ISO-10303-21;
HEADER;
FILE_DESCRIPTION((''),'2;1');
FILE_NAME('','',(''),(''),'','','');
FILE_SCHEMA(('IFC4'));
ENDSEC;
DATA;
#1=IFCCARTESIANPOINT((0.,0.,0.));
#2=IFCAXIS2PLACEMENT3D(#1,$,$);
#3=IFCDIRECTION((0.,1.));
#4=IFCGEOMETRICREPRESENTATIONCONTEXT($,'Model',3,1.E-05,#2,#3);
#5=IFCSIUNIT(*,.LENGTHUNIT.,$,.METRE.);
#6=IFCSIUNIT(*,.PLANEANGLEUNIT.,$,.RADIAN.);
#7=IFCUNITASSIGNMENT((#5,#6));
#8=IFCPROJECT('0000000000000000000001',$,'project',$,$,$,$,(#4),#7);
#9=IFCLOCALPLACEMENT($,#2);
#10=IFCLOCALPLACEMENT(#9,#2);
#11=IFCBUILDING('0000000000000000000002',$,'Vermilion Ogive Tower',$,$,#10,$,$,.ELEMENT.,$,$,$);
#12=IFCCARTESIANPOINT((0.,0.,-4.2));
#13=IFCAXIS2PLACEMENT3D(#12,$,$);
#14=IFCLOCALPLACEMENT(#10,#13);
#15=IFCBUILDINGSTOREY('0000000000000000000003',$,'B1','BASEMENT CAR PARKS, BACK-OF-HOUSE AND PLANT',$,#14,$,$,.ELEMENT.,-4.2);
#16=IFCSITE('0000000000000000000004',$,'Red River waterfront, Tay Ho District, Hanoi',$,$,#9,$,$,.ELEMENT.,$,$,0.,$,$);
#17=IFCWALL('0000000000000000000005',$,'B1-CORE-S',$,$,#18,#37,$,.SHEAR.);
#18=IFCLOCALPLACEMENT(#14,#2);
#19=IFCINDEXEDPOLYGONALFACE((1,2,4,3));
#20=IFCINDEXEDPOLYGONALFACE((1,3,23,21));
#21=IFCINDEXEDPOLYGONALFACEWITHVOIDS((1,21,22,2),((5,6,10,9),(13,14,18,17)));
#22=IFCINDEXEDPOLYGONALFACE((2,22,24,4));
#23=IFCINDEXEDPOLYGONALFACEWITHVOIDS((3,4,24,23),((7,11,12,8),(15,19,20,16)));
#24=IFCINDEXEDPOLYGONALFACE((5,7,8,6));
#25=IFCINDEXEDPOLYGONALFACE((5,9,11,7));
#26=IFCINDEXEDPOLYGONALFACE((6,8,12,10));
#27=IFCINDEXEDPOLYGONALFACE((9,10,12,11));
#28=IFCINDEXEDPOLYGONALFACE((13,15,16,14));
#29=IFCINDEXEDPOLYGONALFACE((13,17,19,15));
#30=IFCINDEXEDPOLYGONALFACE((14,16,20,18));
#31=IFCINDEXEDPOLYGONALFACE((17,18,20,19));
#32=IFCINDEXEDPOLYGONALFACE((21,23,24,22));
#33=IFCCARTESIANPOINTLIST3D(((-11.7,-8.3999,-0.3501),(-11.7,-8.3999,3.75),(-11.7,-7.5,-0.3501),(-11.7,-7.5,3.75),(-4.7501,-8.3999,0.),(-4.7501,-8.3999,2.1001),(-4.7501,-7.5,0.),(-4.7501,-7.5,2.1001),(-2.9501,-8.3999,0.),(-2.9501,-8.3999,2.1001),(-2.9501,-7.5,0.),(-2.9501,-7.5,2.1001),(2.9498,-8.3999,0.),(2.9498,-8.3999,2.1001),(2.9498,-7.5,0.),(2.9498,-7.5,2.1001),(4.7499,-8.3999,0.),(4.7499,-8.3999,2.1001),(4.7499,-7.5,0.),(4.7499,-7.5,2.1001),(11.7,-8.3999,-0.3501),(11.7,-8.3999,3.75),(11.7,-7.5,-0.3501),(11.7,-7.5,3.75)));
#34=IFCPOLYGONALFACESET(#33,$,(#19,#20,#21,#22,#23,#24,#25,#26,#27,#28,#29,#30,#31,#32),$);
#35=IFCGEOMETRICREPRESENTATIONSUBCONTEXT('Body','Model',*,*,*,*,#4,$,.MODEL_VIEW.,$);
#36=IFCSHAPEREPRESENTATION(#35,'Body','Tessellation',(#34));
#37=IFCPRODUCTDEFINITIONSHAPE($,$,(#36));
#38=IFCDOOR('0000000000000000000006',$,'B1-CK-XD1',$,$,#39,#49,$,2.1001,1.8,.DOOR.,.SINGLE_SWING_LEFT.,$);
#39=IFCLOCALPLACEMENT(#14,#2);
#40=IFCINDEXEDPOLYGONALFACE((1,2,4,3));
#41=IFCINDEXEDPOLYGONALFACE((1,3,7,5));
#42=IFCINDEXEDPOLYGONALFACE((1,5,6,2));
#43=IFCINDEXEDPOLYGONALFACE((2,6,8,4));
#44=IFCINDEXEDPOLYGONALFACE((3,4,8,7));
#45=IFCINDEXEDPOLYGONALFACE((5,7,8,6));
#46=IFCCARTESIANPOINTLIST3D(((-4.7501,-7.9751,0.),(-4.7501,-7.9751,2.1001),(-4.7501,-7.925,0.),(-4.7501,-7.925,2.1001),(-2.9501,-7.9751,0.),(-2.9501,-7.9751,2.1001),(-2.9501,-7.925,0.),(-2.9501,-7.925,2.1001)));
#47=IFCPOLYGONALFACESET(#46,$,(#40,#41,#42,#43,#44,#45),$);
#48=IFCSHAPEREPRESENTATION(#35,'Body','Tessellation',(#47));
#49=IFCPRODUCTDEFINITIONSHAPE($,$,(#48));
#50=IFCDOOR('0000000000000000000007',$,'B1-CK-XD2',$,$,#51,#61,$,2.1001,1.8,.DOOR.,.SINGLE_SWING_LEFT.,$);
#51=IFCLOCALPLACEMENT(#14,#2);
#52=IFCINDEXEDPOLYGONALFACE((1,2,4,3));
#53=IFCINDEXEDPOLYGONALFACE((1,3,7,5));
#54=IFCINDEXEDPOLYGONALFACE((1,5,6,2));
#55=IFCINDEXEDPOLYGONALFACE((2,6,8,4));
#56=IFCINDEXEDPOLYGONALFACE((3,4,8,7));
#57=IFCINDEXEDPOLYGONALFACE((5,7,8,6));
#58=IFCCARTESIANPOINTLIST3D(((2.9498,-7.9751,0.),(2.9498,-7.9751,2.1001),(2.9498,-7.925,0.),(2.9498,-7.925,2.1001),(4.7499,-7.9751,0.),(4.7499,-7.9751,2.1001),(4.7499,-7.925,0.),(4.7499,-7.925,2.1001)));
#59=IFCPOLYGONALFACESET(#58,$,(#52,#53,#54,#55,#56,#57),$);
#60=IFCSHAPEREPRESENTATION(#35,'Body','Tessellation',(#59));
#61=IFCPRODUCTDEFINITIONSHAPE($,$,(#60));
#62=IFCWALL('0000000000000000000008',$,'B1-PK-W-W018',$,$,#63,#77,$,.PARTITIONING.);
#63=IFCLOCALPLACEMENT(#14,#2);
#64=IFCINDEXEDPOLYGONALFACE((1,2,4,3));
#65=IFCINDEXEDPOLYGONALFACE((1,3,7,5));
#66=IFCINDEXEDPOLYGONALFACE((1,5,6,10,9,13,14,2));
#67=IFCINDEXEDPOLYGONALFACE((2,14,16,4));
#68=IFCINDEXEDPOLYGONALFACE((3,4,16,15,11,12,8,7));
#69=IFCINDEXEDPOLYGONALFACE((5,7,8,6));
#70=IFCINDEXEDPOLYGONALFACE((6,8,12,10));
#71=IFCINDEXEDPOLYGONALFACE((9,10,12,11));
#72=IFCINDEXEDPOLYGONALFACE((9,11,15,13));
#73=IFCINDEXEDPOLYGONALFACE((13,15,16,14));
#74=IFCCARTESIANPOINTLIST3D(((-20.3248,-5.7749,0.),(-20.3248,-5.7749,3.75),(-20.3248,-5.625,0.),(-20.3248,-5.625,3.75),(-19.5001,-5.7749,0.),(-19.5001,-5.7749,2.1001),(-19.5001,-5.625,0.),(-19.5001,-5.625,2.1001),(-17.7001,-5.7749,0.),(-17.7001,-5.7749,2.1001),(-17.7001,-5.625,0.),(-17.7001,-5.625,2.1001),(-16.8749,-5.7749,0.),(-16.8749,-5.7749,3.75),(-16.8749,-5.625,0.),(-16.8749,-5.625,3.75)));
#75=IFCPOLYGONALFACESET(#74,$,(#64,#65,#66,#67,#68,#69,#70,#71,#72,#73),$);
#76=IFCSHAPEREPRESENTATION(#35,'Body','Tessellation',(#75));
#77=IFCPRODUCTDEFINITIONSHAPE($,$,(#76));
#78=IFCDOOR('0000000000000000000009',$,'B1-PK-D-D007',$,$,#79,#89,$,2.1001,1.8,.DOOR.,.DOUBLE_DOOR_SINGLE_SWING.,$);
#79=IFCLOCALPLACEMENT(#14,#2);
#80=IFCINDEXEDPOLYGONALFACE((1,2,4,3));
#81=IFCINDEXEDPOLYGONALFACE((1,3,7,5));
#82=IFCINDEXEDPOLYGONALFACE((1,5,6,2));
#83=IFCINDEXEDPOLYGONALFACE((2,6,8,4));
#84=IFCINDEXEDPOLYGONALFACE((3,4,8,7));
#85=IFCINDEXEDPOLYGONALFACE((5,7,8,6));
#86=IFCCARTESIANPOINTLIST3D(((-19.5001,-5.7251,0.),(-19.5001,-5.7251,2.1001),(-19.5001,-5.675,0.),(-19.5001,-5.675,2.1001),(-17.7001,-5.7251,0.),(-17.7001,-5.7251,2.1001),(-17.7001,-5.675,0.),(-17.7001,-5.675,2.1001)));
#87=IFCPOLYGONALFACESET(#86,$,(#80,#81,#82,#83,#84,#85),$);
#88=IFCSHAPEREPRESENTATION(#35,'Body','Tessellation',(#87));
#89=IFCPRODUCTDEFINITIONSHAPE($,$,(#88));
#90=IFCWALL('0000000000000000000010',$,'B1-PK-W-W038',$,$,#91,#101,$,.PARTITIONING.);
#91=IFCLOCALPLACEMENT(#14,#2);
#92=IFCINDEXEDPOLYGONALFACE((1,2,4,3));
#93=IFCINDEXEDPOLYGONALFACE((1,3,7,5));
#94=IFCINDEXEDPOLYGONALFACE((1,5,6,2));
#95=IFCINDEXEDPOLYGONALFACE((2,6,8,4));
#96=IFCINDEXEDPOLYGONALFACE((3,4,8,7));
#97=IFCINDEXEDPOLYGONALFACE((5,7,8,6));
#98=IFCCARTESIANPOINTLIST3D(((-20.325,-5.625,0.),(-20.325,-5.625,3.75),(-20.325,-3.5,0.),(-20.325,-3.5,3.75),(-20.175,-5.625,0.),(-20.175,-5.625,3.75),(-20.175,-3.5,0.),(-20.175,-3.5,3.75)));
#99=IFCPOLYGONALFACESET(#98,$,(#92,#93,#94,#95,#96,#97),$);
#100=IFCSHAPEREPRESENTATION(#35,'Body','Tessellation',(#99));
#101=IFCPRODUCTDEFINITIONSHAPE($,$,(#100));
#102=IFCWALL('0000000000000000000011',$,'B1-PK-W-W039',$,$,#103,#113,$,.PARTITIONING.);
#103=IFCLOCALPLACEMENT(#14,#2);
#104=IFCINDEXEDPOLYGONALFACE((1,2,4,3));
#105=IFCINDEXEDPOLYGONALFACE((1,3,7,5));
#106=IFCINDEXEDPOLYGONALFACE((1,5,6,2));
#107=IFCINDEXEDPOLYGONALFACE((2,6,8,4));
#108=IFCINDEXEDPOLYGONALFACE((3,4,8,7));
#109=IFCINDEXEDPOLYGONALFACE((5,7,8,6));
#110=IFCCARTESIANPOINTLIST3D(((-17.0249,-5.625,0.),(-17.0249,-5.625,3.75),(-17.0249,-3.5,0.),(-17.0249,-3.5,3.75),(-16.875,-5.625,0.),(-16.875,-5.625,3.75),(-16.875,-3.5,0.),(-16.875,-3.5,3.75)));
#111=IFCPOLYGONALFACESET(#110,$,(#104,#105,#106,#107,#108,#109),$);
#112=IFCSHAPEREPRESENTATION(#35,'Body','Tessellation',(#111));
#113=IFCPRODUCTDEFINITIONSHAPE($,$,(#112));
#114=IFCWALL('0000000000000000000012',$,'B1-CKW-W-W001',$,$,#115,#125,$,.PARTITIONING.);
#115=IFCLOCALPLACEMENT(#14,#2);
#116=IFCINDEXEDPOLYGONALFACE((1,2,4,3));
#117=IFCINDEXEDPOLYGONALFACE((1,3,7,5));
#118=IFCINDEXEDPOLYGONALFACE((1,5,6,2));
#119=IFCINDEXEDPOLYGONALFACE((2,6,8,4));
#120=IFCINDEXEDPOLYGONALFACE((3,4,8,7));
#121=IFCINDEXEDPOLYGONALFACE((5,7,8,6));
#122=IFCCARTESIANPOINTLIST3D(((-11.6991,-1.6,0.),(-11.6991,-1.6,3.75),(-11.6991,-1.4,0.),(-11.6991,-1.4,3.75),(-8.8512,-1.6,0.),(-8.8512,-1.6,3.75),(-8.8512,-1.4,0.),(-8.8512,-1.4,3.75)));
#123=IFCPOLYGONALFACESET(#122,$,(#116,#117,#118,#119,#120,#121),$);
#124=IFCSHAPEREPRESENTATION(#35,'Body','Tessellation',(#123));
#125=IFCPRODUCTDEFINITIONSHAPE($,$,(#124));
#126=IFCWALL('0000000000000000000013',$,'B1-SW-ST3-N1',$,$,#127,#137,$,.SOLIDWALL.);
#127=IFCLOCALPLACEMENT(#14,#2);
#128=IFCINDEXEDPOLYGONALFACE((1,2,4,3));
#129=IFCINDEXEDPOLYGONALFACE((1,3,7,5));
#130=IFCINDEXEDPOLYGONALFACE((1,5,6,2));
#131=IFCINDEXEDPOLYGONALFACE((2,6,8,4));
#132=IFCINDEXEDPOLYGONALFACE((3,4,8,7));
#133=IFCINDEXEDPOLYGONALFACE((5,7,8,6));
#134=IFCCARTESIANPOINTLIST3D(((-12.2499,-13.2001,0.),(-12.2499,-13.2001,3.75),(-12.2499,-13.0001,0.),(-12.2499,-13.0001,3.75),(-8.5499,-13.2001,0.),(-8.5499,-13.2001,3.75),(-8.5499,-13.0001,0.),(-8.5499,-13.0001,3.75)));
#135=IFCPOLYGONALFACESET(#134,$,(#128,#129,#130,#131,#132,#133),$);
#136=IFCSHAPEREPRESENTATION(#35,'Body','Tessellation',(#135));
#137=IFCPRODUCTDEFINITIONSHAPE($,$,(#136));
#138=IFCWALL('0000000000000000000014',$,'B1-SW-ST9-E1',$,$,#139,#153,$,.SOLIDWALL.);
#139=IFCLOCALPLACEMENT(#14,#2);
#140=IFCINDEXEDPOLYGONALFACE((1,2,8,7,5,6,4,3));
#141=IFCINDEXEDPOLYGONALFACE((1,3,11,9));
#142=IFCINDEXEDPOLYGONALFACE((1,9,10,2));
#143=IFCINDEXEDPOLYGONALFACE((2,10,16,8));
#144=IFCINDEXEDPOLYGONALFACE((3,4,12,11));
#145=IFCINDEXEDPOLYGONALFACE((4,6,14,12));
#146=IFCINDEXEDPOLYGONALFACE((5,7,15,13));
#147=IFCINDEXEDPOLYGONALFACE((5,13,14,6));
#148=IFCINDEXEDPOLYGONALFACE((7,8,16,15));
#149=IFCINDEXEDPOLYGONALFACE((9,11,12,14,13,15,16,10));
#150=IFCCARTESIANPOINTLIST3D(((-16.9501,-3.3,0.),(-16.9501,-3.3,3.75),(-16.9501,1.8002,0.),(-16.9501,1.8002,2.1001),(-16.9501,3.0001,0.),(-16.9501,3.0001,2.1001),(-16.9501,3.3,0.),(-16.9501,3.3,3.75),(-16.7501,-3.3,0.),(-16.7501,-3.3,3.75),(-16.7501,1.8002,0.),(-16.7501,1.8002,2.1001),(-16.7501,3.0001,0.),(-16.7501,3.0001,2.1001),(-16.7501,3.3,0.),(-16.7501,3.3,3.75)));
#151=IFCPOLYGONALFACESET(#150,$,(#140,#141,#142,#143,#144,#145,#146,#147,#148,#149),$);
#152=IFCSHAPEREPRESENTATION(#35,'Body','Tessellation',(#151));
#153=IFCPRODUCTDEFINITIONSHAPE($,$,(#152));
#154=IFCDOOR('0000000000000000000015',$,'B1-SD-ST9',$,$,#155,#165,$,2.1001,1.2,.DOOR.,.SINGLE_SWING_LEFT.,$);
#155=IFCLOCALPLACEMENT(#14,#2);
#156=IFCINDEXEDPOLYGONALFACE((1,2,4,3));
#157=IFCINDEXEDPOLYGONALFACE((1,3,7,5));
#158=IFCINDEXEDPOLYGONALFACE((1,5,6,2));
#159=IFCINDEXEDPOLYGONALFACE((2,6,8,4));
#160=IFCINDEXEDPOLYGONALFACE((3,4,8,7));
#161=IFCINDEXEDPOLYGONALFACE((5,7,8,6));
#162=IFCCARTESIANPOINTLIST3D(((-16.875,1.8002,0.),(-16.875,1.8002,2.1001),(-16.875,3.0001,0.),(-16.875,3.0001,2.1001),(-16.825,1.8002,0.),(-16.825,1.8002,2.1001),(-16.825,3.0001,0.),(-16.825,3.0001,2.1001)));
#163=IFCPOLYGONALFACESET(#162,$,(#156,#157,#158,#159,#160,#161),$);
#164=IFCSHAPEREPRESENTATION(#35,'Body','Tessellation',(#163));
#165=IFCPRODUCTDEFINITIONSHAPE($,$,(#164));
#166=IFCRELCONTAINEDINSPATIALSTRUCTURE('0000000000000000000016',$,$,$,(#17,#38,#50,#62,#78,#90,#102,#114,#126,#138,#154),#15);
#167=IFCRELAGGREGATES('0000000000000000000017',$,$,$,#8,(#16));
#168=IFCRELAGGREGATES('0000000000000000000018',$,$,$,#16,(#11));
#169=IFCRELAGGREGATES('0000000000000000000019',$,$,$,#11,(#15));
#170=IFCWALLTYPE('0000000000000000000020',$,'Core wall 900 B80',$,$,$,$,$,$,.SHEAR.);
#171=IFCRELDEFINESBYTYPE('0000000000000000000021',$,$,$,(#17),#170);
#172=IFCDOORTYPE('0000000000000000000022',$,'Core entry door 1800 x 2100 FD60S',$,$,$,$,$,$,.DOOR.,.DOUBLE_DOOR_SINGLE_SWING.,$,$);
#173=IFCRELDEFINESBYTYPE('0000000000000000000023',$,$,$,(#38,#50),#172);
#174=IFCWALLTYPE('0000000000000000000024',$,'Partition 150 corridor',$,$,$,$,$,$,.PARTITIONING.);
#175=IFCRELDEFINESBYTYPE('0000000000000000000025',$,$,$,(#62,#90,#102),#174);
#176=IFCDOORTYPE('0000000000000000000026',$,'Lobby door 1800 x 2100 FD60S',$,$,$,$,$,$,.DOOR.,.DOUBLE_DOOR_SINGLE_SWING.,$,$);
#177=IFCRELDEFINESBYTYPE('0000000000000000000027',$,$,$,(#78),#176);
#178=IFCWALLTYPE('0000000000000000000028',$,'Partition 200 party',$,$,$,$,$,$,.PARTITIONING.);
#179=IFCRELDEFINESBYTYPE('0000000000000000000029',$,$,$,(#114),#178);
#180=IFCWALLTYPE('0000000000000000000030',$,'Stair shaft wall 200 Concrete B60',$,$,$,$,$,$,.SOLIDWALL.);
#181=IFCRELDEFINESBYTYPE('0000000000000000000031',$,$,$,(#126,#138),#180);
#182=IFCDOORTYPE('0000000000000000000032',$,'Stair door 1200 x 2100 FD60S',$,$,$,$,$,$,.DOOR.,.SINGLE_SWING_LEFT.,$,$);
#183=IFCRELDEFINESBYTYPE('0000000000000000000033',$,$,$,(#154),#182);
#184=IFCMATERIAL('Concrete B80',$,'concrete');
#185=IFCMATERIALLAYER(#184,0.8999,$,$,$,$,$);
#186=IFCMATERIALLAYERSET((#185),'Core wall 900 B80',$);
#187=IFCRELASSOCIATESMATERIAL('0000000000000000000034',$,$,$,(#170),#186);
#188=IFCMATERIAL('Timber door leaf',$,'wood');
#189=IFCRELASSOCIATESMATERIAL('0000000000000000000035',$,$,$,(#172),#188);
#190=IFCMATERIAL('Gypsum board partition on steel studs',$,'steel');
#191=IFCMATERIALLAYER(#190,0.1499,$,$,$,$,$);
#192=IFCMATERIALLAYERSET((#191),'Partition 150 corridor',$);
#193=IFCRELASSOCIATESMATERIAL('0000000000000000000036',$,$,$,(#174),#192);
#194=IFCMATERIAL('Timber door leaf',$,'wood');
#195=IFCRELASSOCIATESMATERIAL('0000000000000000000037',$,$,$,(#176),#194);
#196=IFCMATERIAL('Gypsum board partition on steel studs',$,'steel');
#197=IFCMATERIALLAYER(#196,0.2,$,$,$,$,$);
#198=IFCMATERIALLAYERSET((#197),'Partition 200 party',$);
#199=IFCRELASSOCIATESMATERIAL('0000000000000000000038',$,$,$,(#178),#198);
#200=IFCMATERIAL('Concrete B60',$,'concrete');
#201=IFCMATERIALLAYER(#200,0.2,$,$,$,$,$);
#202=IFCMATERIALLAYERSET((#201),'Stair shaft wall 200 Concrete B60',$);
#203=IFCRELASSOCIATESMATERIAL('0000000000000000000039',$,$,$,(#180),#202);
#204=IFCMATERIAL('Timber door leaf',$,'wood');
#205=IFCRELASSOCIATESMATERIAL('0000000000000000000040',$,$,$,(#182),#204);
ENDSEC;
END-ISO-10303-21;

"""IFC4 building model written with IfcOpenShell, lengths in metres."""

from ifc_helpers import new_model, si_unit, direction, frame, frame_2d, origin, place, context, subcontext, project, spatial, rectangle, extrude, material, layer, layer_set, type_object, element, fill, save


model = new_model("IFC4")

# Units and contexts
model_context = context("Model", 3, precision=1e-05, world=origin(), true_north=direction((0.0, 1.0)))
body_context = subcontext(model_context, "Body", "Model", "MODEL_VIEW")
ifc_project = project(units=[si_unit("LENGTHUNIT", "METRE"), si_unit("PLANEANGLEUNIT", "RADIAN")], contexts=[model_context])

# Site, building, storey
site_placement = place(None, origin())
site = spatial("IfcSite", under=ifc_project, at=site_placement, Name="Red River waterfront, Tay Ho District, Hanoi", CompositionType="ELEMENT", RefElevation=0.0)
building_placement = place(site_placement, origin())
building = spatial("IfcBuilding", under=site, at=building_placement, Name="Vermilion Ogive Tower", CompositionType="ELEMENT")
storey_placement = place(building_placement, frame((0.0, 0.0, -4.2)))
storey = spatial("IfcBuildingStorey", under=building, at=storey_placement, Name="B1", Description="BASEMENT CAR PARKS, BACK-OF-HOUSE AND PLANT", CompositionType="ELEMENT", Elevation=-4.2)

# Wall, openings, doors
ifc_material_1 = material(Name="Concrete B80", Category="concrete")
ifc_layer_1 = layer(ifc_material_1, 0.8999)
ifc_layer_set_1 = layer_set([ifc_layer_1], Name="Core wall 900 B80")
wall_type_1 = type_object("IfcWallType", Name="Core wall 900 B80", PredefinedType="SHEAR", material=ifc_layer_set_1)
wall_1_placement = place(storey_placement, frame((-11.7, -7.95, -0.3501), z_axis=(0.0, 0.0, 1.0), x_axis=(1.0, 0.0, 0.0)))
wall_1 = element("IfcWall", 1, at=wall_1_placement, inside=storey, type_object=wall_type_1, Name="B1-CORE-S", PredefinedType="SHEAR", context=body_context, shape_type="SweptSolid", body=[
    extrude(rectangle(XDim=23.3999, YDim=0.8999, at=frame_2d((11.7, 0.0))), origin(), (0.0, 0.0, 1.0), 4.1001),
])
opening_1_placement = place(wall_1_placement, frame((6.95, 0.0, 0.3501)))
opening_1 = element("IfcOpeningElement", 2, at=opening_1_placement, cuts=wall_1, PredefinedType="OPENING", context=body_context, shape_type="SweptSolid", body=[
    extrude(rectangle(XDim=1.8, YDim=2.1001, at=frame_2d((0.8999, 1.05))), frame((0.0, 0.46, 0.0), z_axis=(0.0, -1.0, 0.0), x_axis=(1.0, 0.0, 0.0)), (0.0, 0.0, 1.0), 0.9199),
])
opening_2_placement = place(wall_1_placement, frame((14.6499, 0.0, 0.3501)))
opening_2 = element("IfcOpeningElement", 3, at=opening_2_placement, cuts=wall_1, PredefinedType="OPENING", context=body_context, shape_type="SweptSolid", body=[
    extrude(rectangle(XDim=1.8, YDim=2.1001, at=frame_2d((0.8999, 1.05))), frame((0.0, 0.46, 0.0), z_axis=(0.0, -1.0, 0.0), x_axis=(1.0, 0.0, 0.0)), (0.0, 0.0, 1.0), 0.9199),
])
ifc_material_2 = material(Name="Timber door leaf", Category="wood")
door_type_1 = type_object("IfcDoorType", Name="Core entry door 1800 x 2100 FD60S", OperationType="DOUBLE_DOOR_SINGLE_SWING", PredefinedType="DOOR", material=ifc_material_2)
door_1_placement = place(opening_1_placement, origin())
door_1 = element("IfcDoor", 4, at=door_1_placement, inside=storey, type_object=door_type_1, Name="B1-CK-XD1", OperationType="SINGLE_SWING_LEFT", OverallHeight=2.1001, OverallWidth=1.8, PredefinedType="DOOR", context=body_context, shape_type="SweptSolid", body=[
    extrude(rectangle(XDim=1.8, YDim=2.1001, at=frame_2d((0.8999, 1.05))), frame((0.0, 0.0249, 0.0), z_axis=(0.0, -1.0, 0.0), x_axis=(1.0, 0.0, 0.0)), (0.0, 0.0, 1.0), 0.05),
])
fill(opening_1, door_1)
door_2_placement = place(opening_2_placement, origin())
door_2 = element("IfcDoor", 5, at=door_2_placement, inside=storey, type_object=door_type_1, Name="B1-CK-XD2", OperationType="SINGLE_SWING_LEFT", OverallHeight=2.1001, OverallWidth=1.8, PredefinedType="DOOR", context=body_context, shape_type="SweptSolid", body=[
    extrude(rectangle(XDim=1.8, YDim=2.1001, at=frame_2d((0.8999, 1.05))), frame((0.0, 0.0249, 0.0), z_axis=(0.0, -1.0, 0.0), x_axis=(1.0, 0.0, 0.0)), (0.0, 0.0, 1.0), 0.05),
])
fill(opening_2, door_2)

# Wall, opening, door
ifc_material_3 = material(Name="Gypsum board partition on steel studs", Category="steel")
ifc_layer_2 = layer(ifc_material_3, 0.1499)
ifc_layer_set_2 = layer_set([ifc_layer_2], Name="Partition 150 corridor")
wall_type_2 = type_object("IfcWallType", Name="Partition 150 corridor", PredefinedType="PARTITIONING", material=ifc_layer_set_2)
wall_2_placement = place(storey_placement, frame((-20.325, -5.7, 0.0), z_axis=(0.0, 0.0, 1.0), x_axis=(1.0, 0.0, 0.0)))
wall_2 = element("IfcWall", 6, at=wall_2_placement, inside=storey, type_object=wall_type_2, Name="B1-PK-W-W018", PredefinedType="PARTITIONING", context=body_context, shape_type="SweptSolid", body=[
    extrude(rectangle(XDim=3.45, YDim=0.1499, at=frame_2d((1.7251, 0.0))), origin(), (0.0, 0.0, 1.0), 3.75),
])
opening_3_placement = place(wall_2_placement, frame((0.825, 0.0, 0.0)))
opening_3 = element("IfcOpeningElement", 7, at=opening_3_placement, cuts=wall_2, PredefinedType="OPENING", context=body_context, shape_type="SweptSolid", body=[
    extrude(rectangle(XDim=1.8, YDim=2.1001, at=frame_2d((0.8999, 1.05))), frame((0.0, 0.085, 0.0), z_axis=(0.0, -1.0, 0.0), x_axis=(1.0, 0.0, 0.0)), (0.0, 0.0, 1.0), 0.1699),
])
ifc_material_4 = material(Name="Timber door leaf", Category="wood")
door_type_2 = type_object("IfcDoorType", Name="Lobby door 1800 x 2100 FD60S", OperationType="DOUBLE_DOOR_SINGLE_SWING", PredefinedType="DOOR", material=ifc_material_4)
door_3_placement = place(opening_3_placement, origin())
door_3 = element("IfcDoor", 8, at=door_3_placement, inside=storey, type_object=door_type_2, Name="B1-PK-D-D007", OperationType="DOUBLE_DOOR_SINGLE_SWING", OverallHeight=2.1001, OverallWidth=1.8, PredefinedType="DOOR", context=body_context, shape_type="SweptSolid", body=[
    extrude(rectangle(XDim=1.8, YDim=2.1001, at=frame_2d((0.8999, 1.05))), frame((0.0, 0.0249, 0.0), z_axis=(0.0, -1.0, 0.0), x_axis=(1.0, 0.0, 0.0)), (0.0, 0.0, 1.0), 0.05),
])
fill(opening_3, door_3)

# Walls
for number, where, z_axis, x_axis, name in (
    (9, (-20.25, -5.625, 0.0), (0.0, 0.0, 1.0), (0.0, 1.0, 0.0), "B1-PK-W-W038"),
    (10, (-16.95, -5.625, 0.0), (0.0, 0.0, 1.0), (0.0, 1.0, 0.0), "B1-PK-W-W039"),
):
    element("IfcWall", number, at=place(storey_placement, frame(where, z_axis=z_axis, x_axis=x_axis)), inside=storey, type_object=wall_type_2, Name=name, PredefinedType="PARTITIONING", context=body_context, shape_type="SweptSolid", body=[
        extrude(rectangle(XDim=2.125, YDim=0.1499, at=frame_2d((1.0625, 0.0))), origin(), (0.0, 0.0, 1.0), 3.75),
    ])
ifc_material_5 = material(Name="Gypsum board partition on steel studs", Category="steel")
ifc_layer_3 = layer(ifc_material_5, 0.2)
ifc_layer_set_3 = layer_set([ifc_layer_3], Name="Partition 200 party")
wall_type_3 = type_object("IfcWallType", Name="Partition 200 party", PredefinedType="PARTITIONING", material=ifc_layer_set_3)
wall_3_placement = place(storey_placement, frame((-11.699, -1.5, 0.0), z_axis=(0.0, 0.0, 1.0), x_axis=(1.0, 0.0, 0.0)))
element("IfcWall", 11, at=wall_3_placement, inside=storey, type_object=wall_type_3, Name="B1-CKW-W-W001", PredefinedType="PARTITIONING", context=body_context, shape_type="SweptSolid", body=[
    extrude(rectangle(XDim=2.8479, YDim=0.2, at=frame_2d((1.4238, 0.0))), origin(), (0.0, 0.0, 1.0), 3.75),
])
ifc_material_6 = material(Name="Concrete B60", Category="concrete")
ifc_layer_4 = layer(ifc_material_6, 0.2)
ifc_layer_set_4 = layer_set([ifc_layer_4], Name="Stair shaft wall 200 Concrete B60")
wall_type_4 = type_object("IfcWallType", Name="Stair shaft wall 200 Concrete B60", PredefinedType="SOLIDWALL", material=ifc_layer_set_4)
wall_4_placement = place(storey_placement, frame((-12.25, -13.1001, 0.0), z_axis=(0.0, 0.0, 1.0), x_axis=(1.0, 0.0, 0.0)))
element("IfcWall", 12, at=wall_4_placement, inside=storey, type_object=wall_type_4, Name="B1-SW-ST3-N1", PredefinedType="SOLIDWALL", context=body_context, shape_type="SweptSolid", body=[
    extrude(rectangle(XDim=3.7, YDim=0.2, at=frame_2d((1.8501, 0.0))), origin(), (0.0, 0.0, 1.0), 3.75),
])

# Wall, opening, door
wall_5_placement = place(storey_placement, frame((-16.8501, -3.3, 0.0), z_axis=(0.0, 0.0, 1.0), x_axis=(0.0, 1.0, 0.0)))
wall_5 = element("IfcWall", 13, at=wall_5_placement, inside=storey, type_object=wall_type_4, Name="B1-SW-ST9-E1", PredefinedType="SOLIDWALL", context=body_context, shape_type="SweptSolid", body=[
    extrude(rectangle(XDim=6.6001, YDim=0.2, at=frame_2d((3.3, 0.0))), origin(), (0.0, 0.0, 1.0), 3.75),
])
opening_4_placement = place(wall_5_placement, frame((5.1001, 0.0, 0.0)))
opening_4 = element("IfcOpeningElement", 14, at=opening_4_placement, cuts=wall_5, PredefinedType="OPENING", context=body_context, shape_type="SweptSolid", body=[
    extrude(rectangle(XDim=1.2, YDim=2.1001, at=frame_2d((0.6001, 1.05))), frame((0.0, 0.1099, 0.0), z_axis=(0.0, -1.0, 0.0), x_axis=(1.0, 0.0, 0.0)), (0.0, 0.0, 1.0), 0.22),
])
ifc_material_7 = material(Name="Timber door leaf", Category="wood")
door_type_3 = type_object("IfcDoorType", Name="Stair door 1200 x 2100 FD60S", OperationType="SINGLE_SWING_LEFT", PredefinedType="DOOR", material=ifc_material_7)
door_4_placement = place(opening_4_placement, origin())
door_4 = element("IfcDoor", 15, at=door_4_placement, inside=storey, type_object=door_type_3, Name="B1-SD-ST9", OperationType="SINGLE_SWING_LEFT", OverallHeight=2.1001, OverallWidth=1.2, PredefinedType="DOOR", context=body_context, shape_type="SweptSolid", body=[
    extrude(rectangle(XDim=1.2, YDim=2.1001, at=frame_2d((0.6001, 1.05))), frame((0.0, 0.0249, 0.0), z_axis=(0.0, -1.0, 0.0), x_axis=(1.0, 0.0, 0.0)), (0.0, 0.0, 1.0), 0.05),
])
fill(opening_4, door_4)

save(model, "model.ifc")
